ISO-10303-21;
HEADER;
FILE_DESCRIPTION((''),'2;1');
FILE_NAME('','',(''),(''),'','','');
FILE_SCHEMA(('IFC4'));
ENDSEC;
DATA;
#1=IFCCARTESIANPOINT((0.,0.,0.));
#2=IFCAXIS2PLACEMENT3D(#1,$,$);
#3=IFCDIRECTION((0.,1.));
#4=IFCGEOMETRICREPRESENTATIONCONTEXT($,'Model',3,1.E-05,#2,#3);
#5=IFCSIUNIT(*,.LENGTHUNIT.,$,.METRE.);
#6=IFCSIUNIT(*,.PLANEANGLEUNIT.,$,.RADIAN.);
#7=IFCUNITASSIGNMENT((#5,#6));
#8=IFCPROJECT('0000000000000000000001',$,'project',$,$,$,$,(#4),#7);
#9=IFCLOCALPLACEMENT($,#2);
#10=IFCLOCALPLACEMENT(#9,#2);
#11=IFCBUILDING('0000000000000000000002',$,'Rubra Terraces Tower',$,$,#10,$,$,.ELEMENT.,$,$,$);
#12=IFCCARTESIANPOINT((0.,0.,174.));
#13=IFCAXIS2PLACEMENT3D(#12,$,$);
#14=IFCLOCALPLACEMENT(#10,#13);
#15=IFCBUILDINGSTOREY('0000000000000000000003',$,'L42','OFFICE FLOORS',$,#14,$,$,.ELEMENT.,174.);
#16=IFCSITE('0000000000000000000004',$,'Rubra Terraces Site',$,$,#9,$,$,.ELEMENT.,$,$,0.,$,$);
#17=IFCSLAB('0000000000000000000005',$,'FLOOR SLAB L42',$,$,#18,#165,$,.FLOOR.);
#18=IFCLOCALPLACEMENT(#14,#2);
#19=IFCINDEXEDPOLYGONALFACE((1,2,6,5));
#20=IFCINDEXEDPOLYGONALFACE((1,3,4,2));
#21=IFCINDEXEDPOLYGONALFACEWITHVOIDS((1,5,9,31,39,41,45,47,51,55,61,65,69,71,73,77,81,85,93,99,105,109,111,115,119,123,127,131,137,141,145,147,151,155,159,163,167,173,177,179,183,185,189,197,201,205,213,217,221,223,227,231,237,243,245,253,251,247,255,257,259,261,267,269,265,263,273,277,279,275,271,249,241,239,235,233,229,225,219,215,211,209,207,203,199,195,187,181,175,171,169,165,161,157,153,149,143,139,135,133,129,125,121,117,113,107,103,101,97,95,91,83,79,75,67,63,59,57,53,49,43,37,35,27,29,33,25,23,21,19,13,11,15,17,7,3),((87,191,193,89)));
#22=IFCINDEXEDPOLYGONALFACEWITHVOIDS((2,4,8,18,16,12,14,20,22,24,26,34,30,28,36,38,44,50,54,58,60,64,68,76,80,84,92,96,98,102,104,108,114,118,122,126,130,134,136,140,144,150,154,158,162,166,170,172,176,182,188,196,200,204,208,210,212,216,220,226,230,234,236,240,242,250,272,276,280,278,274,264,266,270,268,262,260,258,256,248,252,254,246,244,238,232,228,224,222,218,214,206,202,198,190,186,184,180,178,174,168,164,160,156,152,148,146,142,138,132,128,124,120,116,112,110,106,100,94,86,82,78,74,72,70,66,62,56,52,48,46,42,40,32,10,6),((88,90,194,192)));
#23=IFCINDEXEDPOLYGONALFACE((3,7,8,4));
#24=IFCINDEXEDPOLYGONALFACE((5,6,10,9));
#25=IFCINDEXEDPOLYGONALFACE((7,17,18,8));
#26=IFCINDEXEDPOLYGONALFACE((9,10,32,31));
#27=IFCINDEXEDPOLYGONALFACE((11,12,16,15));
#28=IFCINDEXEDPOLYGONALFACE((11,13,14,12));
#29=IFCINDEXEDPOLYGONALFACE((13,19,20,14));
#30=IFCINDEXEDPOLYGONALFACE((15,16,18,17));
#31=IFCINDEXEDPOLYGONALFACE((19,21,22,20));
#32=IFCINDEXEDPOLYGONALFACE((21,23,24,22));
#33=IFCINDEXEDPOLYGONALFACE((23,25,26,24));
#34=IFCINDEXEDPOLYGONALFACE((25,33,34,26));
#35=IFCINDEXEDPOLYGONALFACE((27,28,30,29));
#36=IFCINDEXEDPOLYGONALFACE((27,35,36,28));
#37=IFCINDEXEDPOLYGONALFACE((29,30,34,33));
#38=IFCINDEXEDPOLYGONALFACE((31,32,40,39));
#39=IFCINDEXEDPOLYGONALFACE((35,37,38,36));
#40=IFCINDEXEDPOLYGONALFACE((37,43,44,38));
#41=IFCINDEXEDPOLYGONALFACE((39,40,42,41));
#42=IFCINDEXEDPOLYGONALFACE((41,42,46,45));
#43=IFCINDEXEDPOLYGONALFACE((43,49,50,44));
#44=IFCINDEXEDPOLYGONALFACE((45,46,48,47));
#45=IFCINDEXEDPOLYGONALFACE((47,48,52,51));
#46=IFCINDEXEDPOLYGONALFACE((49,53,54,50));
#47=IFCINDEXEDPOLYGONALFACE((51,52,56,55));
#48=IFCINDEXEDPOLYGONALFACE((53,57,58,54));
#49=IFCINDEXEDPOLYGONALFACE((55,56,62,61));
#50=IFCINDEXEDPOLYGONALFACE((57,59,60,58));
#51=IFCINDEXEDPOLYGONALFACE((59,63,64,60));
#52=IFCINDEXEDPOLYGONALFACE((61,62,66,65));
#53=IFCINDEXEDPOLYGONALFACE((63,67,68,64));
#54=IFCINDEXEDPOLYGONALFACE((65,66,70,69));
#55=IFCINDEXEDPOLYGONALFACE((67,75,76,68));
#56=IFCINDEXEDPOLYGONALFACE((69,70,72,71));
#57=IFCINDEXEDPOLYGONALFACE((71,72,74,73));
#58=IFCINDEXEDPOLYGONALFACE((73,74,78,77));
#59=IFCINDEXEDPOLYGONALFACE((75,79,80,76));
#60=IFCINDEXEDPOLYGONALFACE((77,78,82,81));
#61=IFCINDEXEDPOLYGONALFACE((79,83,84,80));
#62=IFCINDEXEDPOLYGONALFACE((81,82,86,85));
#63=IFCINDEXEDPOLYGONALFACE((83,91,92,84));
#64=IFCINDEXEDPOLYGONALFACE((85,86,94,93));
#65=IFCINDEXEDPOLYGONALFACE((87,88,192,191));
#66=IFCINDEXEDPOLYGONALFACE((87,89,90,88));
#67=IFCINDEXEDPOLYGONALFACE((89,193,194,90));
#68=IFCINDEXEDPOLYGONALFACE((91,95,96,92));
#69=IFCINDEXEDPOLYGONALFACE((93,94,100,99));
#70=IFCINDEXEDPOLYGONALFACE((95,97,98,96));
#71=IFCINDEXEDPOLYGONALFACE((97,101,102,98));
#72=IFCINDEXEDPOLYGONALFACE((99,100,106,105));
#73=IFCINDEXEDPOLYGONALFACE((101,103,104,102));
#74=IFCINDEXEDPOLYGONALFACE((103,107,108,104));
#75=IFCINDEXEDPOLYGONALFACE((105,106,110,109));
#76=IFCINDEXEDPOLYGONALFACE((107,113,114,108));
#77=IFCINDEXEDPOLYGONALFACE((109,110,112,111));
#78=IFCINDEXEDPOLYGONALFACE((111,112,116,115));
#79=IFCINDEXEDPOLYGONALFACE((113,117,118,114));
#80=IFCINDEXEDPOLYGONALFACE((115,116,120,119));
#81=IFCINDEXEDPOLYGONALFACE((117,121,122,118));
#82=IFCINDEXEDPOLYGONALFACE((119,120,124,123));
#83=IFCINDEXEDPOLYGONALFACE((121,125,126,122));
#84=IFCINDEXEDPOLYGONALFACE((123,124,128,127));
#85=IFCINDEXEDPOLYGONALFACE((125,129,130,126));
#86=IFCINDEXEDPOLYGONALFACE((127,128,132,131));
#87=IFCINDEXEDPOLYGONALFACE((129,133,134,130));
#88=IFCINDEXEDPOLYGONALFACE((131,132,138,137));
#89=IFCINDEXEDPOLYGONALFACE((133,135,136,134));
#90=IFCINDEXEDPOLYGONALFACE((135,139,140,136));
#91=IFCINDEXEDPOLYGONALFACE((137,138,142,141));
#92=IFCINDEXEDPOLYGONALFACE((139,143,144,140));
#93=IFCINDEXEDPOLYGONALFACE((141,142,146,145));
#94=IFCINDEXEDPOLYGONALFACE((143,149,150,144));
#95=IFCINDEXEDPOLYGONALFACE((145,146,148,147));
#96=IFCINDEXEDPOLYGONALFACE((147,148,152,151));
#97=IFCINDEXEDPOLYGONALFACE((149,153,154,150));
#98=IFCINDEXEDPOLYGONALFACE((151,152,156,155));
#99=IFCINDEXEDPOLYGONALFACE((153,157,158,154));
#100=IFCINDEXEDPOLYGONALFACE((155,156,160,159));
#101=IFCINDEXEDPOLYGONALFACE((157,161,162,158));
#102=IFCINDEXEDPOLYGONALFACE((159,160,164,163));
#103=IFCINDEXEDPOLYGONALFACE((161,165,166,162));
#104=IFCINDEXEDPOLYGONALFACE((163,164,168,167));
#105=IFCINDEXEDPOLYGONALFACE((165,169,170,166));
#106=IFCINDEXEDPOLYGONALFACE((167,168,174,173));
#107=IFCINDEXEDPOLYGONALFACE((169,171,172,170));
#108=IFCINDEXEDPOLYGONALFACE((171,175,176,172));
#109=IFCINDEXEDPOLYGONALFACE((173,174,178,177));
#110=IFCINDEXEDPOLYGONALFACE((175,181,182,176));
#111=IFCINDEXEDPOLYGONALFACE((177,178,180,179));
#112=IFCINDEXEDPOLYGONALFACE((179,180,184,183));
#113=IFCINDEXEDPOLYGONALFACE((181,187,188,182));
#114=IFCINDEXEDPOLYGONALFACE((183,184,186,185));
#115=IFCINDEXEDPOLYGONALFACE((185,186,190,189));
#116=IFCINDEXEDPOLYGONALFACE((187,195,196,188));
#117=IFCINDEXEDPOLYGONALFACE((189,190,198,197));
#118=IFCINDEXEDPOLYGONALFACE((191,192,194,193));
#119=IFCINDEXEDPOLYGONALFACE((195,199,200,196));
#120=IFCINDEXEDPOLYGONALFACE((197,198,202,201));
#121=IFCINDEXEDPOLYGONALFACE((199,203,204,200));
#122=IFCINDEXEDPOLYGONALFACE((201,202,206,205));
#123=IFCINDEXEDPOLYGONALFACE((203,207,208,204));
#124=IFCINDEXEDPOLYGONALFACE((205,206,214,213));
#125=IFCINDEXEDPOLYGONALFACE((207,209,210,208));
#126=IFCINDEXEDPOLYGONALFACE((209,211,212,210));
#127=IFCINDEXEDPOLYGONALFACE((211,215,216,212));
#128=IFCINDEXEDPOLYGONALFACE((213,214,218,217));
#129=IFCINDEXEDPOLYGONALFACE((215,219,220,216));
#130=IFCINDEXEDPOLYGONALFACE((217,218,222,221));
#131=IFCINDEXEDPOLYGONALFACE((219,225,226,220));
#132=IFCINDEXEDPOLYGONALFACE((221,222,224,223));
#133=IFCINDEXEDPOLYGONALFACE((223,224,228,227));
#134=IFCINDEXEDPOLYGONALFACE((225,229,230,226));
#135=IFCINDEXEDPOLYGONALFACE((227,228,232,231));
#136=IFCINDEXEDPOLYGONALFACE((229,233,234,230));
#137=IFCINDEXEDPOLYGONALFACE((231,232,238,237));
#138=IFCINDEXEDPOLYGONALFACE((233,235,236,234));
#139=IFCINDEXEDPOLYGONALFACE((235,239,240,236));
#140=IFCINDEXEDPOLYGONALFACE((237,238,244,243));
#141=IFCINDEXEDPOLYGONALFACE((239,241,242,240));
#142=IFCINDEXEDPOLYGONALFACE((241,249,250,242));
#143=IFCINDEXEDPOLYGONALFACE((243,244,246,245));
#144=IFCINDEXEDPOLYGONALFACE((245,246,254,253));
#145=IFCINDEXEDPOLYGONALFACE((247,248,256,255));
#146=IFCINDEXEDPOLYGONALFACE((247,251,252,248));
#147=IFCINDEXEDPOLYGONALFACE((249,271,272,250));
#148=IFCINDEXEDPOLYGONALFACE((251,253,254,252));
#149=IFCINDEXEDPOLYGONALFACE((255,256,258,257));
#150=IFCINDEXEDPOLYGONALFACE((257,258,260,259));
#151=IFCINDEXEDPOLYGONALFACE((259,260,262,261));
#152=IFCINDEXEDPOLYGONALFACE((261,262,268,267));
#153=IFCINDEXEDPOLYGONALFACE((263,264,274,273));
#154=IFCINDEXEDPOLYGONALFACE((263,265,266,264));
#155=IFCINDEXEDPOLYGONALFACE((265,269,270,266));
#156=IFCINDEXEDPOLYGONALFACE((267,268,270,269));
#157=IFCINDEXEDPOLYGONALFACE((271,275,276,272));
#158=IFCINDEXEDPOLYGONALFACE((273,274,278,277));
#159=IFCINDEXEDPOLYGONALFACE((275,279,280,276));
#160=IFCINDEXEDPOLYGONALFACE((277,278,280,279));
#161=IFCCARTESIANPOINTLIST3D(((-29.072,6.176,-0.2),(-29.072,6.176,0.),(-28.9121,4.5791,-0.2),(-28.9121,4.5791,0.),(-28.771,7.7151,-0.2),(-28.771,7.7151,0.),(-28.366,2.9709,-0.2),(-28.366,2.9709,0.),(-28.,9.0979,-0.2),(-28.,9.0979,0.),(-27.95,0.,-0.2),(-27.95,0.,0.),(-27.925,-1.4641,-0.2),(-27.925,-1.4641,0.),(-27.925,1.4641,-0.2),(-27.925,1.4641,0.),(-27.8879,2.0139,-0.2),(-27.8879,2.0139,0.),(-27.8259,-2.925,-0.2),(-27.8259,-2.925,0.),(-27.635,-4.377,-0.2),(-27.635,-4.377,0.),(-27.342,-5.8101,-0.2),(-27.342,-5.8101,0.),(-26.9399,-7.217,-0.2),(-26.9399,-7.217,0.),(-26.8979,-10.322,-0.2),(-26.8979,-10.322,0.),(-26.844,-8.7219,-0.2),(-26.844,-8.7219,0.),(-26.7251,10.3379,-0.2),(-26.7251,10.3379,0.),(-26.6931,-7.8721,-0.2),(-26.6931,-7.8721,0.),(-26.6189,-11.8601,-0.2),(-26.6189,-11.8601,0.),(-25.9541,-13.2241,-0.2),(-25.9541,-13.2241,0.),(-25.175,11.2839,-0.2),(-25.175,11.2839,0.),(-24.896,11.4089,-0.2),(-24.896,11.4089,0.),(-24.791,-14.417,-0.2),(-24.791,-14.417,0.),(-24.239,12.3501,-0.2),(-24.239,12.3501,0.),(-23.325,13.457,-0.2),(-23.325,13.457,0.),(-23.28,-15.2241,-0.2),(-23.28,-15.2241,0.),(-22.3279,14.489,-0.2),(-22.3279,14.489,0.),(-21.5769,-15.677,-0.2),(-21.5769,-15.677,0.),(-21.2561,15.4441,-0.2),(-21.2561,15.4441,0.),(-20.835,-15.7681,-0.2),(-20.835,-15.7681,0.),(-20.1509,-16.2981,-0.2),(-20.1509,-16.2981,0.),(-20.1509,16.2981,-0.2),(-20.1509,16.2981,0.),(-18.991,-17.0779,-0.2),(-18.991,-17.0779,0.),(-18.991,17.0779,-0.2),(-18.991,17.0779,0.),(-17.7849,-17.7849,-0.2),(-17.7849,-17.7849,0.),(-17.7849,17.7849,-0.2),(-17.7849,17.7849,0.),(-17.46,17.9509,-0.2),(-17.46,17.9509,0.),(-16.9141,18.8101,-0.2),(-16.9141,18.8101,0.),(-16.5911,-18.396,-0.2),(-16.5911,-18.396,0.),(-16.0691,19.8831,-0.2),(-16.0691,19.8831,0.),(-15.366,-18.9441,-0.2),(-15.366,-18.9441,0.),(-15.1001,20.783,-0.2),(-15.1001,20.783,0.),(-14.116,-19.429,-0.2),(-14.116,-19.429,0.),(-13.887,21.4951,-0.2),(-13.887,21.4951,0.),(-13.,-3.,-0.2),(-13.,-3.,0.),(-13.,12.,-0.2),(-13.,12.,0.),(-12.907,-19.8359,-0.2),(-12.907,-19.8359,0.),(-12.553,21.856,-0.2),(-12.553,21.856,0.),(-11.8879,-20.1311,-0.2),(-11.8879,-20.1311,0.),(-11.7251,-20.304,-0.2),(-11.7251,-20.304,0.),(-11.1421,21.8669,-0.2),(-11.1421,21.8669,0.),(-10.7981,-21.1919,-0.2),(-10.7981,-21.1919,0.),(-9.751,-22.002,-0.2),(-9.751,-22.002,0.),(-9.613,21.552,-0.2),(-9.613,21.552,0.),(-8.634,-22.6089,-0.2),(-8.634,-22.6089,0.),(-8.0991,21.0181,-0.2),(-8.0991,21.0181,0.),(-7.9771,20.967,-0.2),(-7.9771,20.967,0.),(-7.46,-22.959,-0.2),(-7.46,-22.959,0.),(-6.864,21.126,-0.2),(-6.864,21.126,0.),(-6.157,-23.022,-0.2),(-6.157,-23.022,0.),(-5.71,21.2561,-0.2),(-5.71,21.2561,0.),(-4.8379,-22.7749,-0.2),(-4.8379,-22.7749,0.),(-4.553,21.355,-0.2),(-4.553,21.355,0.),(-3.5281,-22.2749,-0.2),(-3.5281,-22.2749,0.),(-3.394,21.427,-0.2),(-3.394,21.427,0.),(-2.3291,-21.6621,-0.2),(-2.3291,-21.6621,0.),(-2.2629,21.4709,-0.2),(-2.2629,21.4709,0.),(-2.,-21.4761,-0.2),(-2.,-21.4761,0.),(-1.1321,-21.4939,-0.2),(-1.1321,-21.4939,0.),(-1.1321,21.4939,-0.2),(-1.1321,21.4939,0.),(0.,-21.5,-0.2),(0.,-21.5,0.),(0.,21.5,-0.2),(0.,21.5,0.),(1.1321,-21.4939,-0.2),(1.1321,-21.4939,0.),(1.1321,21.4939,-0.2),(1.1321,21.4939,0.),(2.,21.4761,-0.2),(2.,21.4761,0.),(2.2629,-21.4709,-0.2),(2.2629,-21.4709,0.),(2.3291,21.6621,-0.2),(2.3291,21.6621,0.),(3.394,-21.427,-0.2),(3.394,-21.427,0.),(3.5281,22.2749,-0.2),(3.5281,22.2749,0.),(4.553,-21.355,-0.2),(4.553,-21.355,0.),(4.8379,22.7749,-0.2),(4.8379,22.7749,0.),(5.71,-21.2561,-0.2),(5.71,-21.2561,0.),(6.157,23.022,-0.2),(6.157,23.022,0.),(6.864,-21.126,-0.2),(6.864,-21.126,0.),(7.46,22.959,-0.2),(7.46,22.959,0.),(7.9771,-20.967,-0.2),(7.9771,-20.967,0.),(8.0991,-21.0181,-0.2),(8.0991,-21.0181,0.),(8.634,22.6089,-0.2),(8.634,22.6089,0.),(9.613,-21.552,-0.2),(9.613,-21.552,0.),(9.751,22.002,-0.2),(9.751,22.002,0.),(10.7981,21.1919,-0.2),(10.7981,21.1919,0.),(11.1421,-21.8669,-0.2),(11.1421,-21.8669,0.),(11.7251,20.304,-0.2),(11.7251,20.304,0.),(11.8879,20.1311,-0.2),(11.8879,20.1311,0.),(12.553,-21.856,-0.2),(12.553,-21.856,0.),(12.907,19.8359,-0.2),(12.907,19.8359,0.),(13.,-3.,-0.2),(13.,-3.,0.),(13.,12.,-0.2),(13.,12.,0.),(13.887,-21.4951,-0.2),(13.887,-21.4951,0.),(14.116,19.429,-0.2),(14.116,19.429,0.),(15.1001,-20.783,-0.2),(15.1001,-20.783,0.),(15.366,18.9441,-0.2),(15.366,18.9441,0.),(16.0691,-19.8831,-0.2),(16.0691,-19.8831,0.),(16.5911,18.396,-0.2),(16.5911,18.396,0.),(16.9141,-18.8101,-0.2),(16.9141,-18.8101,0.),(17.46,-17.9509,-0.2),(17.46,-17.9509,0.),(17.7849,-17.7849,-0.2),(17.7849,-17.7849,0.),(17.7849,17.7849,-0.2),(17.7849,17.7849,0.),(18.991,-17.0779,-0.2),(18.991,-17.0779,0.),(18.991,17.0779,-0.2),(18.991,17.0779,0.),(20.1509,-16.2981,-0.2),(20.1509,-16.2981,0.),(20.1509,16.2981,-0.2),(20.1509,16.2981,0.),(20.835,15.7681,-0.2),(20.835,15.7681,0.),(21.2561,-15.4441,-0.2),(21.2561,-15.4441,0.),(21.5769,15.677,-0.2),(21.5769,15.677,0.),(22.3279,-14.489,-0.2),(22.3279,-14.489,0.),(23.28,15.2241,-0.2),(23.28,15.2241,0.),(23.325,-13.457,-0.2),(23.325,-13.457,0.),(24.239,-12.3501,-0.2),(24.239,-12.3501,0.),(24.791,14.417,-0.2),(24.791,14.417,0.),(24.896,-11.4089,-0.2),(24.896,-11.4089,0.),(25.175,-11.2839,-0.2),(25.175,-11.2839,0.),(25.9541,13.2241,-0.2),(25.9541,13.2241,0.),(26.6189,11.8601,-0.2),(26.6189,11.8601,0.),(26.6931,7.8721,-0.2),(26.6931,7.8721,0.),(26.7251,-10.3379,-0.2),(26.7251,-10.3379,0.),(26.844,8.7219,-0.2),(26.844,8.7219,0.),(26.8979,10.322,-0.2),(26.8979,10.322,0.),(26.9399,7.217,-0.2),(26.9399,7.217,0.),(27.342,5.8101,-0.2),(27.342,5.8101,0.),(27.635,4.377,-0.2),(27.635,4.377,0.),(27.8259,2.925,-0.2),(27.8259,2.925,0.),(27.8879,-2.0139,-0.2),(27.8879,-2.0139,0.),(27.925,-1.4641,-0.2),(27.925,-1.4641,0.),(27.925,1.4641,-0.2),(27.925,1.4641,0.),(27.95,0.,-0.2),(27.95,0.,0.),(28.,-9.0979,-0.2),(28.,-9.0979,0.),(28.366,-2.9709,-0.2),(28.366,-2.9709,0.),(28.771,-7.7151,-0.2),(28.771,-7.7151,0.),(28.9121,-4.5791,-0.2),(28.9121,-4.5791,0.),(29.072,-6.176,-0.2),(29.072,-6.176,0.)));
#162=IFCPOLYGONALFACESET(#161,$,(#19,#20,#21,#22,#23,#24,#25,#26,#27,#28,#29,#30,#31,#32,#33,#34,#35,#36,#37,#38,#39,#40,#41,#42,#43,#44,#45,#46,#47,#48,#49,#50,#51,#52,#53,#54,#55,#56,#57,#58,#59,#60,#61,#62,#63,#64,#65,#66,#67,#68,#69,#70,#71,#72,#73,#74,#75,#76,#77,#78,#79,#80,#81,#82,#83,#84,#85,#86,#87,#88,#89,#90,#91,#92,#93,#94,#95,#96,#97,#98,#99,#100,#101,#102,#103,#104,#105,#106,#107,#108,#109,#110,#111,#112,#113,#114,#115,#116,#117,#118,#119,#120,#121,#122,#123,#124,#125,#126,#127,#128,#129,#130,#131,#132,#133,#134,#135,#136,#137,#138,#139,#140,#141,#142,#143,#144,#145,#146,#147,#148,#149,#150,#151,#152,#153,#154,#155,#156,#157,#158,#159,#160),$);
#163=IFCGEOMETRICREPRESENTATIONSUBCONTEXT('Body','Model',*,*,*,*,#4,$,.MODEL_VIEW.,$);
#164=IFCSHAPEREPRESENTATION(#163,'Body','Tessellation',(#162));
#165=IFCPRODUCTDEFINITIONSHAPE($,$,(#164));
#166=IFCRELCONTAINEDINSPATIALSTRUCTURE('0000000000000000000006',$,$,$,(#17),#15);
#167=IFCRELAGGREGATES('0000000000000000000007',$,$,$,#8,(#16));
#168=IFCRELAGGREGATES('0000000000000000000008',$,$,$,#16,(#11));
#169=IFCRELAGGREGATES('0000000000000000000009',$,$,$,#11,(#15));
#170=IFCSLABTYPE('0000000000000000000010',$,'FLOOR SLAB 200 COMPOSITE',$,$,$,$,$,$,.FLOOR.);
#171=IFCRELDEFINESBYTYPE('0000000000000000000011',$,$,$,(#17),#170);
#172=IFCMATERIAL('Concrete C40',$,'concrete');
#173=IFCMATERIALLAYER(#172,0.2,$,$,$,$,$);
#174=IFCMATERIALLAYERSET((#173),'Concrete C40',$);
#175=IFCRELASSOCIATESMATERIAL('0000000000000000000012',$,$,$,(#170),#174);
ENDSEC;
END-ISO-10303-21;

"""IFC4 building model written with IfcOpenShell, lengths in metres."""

from ifc_helpers import new_model, si_unit, direction, frame, origin, place, context, subcontext, project, spatial, polyline, outline, extrude, material, layer, layer_set, type_object, element, save


model = new_model("IFC4")

# Units and contexts
model_context = context("Model", 3, precision=1e-05, world=origin(), true_north=direction((0.0, 1.0)))
body_context = subcontext(model_context, "Body", "Model", "MODEL_VIEW")
ifc_project = project(units=[si_unit("LENGTHUNIT", "METRE"), si_unit("PLANEANGLEUNIT", "RADIAN")], contexts=[model_context])

# Site, building, storey
site_placement = place(None, origin())
site = spatial("IfcSite", under=ifc_project, at=site_placement, Name="Rubra Terraces Site", CompositionType="ELEMENT", RefElevation=0.0)
building_placement = place(site_placement, origin())
building = spatial("IfcBuilding", under=site, at=building_placement, Name="Rubra Terraces Tower", CompositionType="ELEMENT")
storey_placement = place(building_placement, frame((0.0, 0.0, 174.0)))
storey = spatial("IfcBuildingStorey", under=building, at=storey_placement, Name="L42", Description="OFFICE FLOORS", CompositionType="ELEMENT", Elevation=174.0)

# Shared definitions
ifc_material_1 = material(Name="Concrete C40", Category="concrete")

# Slab
ifc_layer_1 = layer(ifc_material_1, 0.2)
ifc_layer_set_1 = layer_set([ifc_layer_1], Name="Concrete C40")
slab_type_1 = type_object("IfcSlabType", Name="FLOOR SLAB 200 COMPOSITE", PredefinedType="FLOOR", material=ifc_layer_set_1)
slab_1_placement = place(storey_placement, frame((0.0, 0.0, -0.2)))
element("IfcSlab", 1, at=slab_1_placement, inside=storey, type_object=slab_type_1, Name="FLOOR SLAB L42", PredefinedType="FLOOR", context=body_context, shape_type="SweptSolid", body=[
    extrude(outline(polyline([(21.5769, 15.677), (20.835, 15.7681), (20.1509, 16.2981), (18.991, 17.0779), (17.7849, 17.7849), (16.5911, 18.396), (15.366, 18.9441), (14.116, 19.429), (12.907, 19.8359), (11.8879, 20.1311), (11.7251, 20.304), (10.7981, 21.1919), (9.751, 22.002), (8.634, 22.6089), (7.46, 22.959), (6.157, 23.022), (4.8379, 22.7749), (3.5281, 22.2749), (2.3291, 21.6621), (2.0, 21.4761), (1.1321, 21.4939), (0.0, 21.5), (-1.1321, 21.4939), (-2.2629, 21.4709), (-3.394, 21.427), (-4.553, 21.355), (-5.71, 21.2561), (-6.864, 21.126), (-7.9771, 20.967), (-8.0991, 21.0181), (-9.613, 21.552), (-11.1421, 21.8669), (-12.553, 21.856), (-13.887, 21.4951), (-15.1001, 20.783), (-16.0691, 19.8831), (-16.9141, 18.8101), (-17.46, 17.9509), (-17.7849, 17.7849), (-18.991, 17.0779), (-20.1509, 16.2981), (-21.2561, 15.4441), (-22.3279, 14.489), (-23.325, 13.457), (-24.239, 12.3501), (-24.896, 11.4089), (-25.175, 11.2839), (-26.7251, 10.3379), (-28.0, 9.0979), (-28.771, 7.7151), (-29.072, 6.176), (-28.9121, 4.5791), (-28.366, 2.9709), (-27.8879, 2.0139), (-27.925, 1.4641), (-27.95, 0.0), (-27.925, -1.4641), (-27.8259, -2.925), (-27.635, -4.377), (-27.342, -5.8101), (-26.9399, -7.217), (-26.6931, -7.8721), (-26.844, -8.7219), (-26.8979, -10.322), (-26.6189, -11.8601), (-25.9541, -13.2241), (-24.791, -14.417), (-23.28, -15.2241), (-21.5769, -15.677), (-20.835, -15.7681), (-20.1509, -16.2981), (-18.991, -17.0779), (-17.7849, -17.7849), (-16.5911, -18.396), (-15.366, -18.9441), (-14.116, -19.429), (-12.907, -19.8359), (-11.8879, -20.1311), (-11.7251, -20.304), (-10.7981, -21.1919), (-9.751, -22.002), (-8.634, -22.6089), (-7.46, -22.959), (-6.157, -23.022), (-4.8379, -22.7749), (-3.5281, -22.2749), (-2.3291, -21.6621), (-2.0, -21.4761), (-1.1321, -21.4939), (0.0, -21.5), (1.1321, -21.4939), (2.2629, -21.4709), (3.394, -21.427), (4.553, -21.355), (5.71, -21.2561), (6.864, -21.126), (7.9771, -20.967), (8.0991, -21.0181), (9.613, -21.552), (11.1421, -21.8669), (12.553, -21.856), (13.887, -21.4951), (15.1001, -20.783), (16.0691, -19.8831), (16.9141, -18.8101), (17.46, -17.9509), (17.7849, -17.7849), (18.991, -17.0779), (20.1509, -16.2981), (21.2561, -15.4441), (22.3279, -14.489), (23.325, -13.457), (24.239, -12.3501), (24.896, -11.4089), (25.175, -11.2839), (26.7251, -10.3379), (28.0, -9.0979), (28.771, -7.7151), (29.072, -6.176), (28.9121, -4.5791), (28.366, -2.9709), (27.8879, -2.0139), (27.925, -1.4641), (27.95, 0.0), (27.925, 1.4641), (27.8259, 2.925), (27.635, 4.377), (27.342, 5.8101), (26.9399, 7.217), (26.6931, 7.8721), (26.844, 8.7219), (26.8979, 10.322), (26.6189, 11.8601), (25.9541, 13.2241), (24.791, 14.417), (23.28, 15.2241), (21.5769, 15.677)]), holes=[polyline([(13.0, 12.0), (13.0, -3.0), (-13.0, -3.0), (-13.0, 12.0), (13.0, 12.0)])]), origin(), (0.0, 0.0, 1.0), 0.2),
])

save(model, "model.ifc")
